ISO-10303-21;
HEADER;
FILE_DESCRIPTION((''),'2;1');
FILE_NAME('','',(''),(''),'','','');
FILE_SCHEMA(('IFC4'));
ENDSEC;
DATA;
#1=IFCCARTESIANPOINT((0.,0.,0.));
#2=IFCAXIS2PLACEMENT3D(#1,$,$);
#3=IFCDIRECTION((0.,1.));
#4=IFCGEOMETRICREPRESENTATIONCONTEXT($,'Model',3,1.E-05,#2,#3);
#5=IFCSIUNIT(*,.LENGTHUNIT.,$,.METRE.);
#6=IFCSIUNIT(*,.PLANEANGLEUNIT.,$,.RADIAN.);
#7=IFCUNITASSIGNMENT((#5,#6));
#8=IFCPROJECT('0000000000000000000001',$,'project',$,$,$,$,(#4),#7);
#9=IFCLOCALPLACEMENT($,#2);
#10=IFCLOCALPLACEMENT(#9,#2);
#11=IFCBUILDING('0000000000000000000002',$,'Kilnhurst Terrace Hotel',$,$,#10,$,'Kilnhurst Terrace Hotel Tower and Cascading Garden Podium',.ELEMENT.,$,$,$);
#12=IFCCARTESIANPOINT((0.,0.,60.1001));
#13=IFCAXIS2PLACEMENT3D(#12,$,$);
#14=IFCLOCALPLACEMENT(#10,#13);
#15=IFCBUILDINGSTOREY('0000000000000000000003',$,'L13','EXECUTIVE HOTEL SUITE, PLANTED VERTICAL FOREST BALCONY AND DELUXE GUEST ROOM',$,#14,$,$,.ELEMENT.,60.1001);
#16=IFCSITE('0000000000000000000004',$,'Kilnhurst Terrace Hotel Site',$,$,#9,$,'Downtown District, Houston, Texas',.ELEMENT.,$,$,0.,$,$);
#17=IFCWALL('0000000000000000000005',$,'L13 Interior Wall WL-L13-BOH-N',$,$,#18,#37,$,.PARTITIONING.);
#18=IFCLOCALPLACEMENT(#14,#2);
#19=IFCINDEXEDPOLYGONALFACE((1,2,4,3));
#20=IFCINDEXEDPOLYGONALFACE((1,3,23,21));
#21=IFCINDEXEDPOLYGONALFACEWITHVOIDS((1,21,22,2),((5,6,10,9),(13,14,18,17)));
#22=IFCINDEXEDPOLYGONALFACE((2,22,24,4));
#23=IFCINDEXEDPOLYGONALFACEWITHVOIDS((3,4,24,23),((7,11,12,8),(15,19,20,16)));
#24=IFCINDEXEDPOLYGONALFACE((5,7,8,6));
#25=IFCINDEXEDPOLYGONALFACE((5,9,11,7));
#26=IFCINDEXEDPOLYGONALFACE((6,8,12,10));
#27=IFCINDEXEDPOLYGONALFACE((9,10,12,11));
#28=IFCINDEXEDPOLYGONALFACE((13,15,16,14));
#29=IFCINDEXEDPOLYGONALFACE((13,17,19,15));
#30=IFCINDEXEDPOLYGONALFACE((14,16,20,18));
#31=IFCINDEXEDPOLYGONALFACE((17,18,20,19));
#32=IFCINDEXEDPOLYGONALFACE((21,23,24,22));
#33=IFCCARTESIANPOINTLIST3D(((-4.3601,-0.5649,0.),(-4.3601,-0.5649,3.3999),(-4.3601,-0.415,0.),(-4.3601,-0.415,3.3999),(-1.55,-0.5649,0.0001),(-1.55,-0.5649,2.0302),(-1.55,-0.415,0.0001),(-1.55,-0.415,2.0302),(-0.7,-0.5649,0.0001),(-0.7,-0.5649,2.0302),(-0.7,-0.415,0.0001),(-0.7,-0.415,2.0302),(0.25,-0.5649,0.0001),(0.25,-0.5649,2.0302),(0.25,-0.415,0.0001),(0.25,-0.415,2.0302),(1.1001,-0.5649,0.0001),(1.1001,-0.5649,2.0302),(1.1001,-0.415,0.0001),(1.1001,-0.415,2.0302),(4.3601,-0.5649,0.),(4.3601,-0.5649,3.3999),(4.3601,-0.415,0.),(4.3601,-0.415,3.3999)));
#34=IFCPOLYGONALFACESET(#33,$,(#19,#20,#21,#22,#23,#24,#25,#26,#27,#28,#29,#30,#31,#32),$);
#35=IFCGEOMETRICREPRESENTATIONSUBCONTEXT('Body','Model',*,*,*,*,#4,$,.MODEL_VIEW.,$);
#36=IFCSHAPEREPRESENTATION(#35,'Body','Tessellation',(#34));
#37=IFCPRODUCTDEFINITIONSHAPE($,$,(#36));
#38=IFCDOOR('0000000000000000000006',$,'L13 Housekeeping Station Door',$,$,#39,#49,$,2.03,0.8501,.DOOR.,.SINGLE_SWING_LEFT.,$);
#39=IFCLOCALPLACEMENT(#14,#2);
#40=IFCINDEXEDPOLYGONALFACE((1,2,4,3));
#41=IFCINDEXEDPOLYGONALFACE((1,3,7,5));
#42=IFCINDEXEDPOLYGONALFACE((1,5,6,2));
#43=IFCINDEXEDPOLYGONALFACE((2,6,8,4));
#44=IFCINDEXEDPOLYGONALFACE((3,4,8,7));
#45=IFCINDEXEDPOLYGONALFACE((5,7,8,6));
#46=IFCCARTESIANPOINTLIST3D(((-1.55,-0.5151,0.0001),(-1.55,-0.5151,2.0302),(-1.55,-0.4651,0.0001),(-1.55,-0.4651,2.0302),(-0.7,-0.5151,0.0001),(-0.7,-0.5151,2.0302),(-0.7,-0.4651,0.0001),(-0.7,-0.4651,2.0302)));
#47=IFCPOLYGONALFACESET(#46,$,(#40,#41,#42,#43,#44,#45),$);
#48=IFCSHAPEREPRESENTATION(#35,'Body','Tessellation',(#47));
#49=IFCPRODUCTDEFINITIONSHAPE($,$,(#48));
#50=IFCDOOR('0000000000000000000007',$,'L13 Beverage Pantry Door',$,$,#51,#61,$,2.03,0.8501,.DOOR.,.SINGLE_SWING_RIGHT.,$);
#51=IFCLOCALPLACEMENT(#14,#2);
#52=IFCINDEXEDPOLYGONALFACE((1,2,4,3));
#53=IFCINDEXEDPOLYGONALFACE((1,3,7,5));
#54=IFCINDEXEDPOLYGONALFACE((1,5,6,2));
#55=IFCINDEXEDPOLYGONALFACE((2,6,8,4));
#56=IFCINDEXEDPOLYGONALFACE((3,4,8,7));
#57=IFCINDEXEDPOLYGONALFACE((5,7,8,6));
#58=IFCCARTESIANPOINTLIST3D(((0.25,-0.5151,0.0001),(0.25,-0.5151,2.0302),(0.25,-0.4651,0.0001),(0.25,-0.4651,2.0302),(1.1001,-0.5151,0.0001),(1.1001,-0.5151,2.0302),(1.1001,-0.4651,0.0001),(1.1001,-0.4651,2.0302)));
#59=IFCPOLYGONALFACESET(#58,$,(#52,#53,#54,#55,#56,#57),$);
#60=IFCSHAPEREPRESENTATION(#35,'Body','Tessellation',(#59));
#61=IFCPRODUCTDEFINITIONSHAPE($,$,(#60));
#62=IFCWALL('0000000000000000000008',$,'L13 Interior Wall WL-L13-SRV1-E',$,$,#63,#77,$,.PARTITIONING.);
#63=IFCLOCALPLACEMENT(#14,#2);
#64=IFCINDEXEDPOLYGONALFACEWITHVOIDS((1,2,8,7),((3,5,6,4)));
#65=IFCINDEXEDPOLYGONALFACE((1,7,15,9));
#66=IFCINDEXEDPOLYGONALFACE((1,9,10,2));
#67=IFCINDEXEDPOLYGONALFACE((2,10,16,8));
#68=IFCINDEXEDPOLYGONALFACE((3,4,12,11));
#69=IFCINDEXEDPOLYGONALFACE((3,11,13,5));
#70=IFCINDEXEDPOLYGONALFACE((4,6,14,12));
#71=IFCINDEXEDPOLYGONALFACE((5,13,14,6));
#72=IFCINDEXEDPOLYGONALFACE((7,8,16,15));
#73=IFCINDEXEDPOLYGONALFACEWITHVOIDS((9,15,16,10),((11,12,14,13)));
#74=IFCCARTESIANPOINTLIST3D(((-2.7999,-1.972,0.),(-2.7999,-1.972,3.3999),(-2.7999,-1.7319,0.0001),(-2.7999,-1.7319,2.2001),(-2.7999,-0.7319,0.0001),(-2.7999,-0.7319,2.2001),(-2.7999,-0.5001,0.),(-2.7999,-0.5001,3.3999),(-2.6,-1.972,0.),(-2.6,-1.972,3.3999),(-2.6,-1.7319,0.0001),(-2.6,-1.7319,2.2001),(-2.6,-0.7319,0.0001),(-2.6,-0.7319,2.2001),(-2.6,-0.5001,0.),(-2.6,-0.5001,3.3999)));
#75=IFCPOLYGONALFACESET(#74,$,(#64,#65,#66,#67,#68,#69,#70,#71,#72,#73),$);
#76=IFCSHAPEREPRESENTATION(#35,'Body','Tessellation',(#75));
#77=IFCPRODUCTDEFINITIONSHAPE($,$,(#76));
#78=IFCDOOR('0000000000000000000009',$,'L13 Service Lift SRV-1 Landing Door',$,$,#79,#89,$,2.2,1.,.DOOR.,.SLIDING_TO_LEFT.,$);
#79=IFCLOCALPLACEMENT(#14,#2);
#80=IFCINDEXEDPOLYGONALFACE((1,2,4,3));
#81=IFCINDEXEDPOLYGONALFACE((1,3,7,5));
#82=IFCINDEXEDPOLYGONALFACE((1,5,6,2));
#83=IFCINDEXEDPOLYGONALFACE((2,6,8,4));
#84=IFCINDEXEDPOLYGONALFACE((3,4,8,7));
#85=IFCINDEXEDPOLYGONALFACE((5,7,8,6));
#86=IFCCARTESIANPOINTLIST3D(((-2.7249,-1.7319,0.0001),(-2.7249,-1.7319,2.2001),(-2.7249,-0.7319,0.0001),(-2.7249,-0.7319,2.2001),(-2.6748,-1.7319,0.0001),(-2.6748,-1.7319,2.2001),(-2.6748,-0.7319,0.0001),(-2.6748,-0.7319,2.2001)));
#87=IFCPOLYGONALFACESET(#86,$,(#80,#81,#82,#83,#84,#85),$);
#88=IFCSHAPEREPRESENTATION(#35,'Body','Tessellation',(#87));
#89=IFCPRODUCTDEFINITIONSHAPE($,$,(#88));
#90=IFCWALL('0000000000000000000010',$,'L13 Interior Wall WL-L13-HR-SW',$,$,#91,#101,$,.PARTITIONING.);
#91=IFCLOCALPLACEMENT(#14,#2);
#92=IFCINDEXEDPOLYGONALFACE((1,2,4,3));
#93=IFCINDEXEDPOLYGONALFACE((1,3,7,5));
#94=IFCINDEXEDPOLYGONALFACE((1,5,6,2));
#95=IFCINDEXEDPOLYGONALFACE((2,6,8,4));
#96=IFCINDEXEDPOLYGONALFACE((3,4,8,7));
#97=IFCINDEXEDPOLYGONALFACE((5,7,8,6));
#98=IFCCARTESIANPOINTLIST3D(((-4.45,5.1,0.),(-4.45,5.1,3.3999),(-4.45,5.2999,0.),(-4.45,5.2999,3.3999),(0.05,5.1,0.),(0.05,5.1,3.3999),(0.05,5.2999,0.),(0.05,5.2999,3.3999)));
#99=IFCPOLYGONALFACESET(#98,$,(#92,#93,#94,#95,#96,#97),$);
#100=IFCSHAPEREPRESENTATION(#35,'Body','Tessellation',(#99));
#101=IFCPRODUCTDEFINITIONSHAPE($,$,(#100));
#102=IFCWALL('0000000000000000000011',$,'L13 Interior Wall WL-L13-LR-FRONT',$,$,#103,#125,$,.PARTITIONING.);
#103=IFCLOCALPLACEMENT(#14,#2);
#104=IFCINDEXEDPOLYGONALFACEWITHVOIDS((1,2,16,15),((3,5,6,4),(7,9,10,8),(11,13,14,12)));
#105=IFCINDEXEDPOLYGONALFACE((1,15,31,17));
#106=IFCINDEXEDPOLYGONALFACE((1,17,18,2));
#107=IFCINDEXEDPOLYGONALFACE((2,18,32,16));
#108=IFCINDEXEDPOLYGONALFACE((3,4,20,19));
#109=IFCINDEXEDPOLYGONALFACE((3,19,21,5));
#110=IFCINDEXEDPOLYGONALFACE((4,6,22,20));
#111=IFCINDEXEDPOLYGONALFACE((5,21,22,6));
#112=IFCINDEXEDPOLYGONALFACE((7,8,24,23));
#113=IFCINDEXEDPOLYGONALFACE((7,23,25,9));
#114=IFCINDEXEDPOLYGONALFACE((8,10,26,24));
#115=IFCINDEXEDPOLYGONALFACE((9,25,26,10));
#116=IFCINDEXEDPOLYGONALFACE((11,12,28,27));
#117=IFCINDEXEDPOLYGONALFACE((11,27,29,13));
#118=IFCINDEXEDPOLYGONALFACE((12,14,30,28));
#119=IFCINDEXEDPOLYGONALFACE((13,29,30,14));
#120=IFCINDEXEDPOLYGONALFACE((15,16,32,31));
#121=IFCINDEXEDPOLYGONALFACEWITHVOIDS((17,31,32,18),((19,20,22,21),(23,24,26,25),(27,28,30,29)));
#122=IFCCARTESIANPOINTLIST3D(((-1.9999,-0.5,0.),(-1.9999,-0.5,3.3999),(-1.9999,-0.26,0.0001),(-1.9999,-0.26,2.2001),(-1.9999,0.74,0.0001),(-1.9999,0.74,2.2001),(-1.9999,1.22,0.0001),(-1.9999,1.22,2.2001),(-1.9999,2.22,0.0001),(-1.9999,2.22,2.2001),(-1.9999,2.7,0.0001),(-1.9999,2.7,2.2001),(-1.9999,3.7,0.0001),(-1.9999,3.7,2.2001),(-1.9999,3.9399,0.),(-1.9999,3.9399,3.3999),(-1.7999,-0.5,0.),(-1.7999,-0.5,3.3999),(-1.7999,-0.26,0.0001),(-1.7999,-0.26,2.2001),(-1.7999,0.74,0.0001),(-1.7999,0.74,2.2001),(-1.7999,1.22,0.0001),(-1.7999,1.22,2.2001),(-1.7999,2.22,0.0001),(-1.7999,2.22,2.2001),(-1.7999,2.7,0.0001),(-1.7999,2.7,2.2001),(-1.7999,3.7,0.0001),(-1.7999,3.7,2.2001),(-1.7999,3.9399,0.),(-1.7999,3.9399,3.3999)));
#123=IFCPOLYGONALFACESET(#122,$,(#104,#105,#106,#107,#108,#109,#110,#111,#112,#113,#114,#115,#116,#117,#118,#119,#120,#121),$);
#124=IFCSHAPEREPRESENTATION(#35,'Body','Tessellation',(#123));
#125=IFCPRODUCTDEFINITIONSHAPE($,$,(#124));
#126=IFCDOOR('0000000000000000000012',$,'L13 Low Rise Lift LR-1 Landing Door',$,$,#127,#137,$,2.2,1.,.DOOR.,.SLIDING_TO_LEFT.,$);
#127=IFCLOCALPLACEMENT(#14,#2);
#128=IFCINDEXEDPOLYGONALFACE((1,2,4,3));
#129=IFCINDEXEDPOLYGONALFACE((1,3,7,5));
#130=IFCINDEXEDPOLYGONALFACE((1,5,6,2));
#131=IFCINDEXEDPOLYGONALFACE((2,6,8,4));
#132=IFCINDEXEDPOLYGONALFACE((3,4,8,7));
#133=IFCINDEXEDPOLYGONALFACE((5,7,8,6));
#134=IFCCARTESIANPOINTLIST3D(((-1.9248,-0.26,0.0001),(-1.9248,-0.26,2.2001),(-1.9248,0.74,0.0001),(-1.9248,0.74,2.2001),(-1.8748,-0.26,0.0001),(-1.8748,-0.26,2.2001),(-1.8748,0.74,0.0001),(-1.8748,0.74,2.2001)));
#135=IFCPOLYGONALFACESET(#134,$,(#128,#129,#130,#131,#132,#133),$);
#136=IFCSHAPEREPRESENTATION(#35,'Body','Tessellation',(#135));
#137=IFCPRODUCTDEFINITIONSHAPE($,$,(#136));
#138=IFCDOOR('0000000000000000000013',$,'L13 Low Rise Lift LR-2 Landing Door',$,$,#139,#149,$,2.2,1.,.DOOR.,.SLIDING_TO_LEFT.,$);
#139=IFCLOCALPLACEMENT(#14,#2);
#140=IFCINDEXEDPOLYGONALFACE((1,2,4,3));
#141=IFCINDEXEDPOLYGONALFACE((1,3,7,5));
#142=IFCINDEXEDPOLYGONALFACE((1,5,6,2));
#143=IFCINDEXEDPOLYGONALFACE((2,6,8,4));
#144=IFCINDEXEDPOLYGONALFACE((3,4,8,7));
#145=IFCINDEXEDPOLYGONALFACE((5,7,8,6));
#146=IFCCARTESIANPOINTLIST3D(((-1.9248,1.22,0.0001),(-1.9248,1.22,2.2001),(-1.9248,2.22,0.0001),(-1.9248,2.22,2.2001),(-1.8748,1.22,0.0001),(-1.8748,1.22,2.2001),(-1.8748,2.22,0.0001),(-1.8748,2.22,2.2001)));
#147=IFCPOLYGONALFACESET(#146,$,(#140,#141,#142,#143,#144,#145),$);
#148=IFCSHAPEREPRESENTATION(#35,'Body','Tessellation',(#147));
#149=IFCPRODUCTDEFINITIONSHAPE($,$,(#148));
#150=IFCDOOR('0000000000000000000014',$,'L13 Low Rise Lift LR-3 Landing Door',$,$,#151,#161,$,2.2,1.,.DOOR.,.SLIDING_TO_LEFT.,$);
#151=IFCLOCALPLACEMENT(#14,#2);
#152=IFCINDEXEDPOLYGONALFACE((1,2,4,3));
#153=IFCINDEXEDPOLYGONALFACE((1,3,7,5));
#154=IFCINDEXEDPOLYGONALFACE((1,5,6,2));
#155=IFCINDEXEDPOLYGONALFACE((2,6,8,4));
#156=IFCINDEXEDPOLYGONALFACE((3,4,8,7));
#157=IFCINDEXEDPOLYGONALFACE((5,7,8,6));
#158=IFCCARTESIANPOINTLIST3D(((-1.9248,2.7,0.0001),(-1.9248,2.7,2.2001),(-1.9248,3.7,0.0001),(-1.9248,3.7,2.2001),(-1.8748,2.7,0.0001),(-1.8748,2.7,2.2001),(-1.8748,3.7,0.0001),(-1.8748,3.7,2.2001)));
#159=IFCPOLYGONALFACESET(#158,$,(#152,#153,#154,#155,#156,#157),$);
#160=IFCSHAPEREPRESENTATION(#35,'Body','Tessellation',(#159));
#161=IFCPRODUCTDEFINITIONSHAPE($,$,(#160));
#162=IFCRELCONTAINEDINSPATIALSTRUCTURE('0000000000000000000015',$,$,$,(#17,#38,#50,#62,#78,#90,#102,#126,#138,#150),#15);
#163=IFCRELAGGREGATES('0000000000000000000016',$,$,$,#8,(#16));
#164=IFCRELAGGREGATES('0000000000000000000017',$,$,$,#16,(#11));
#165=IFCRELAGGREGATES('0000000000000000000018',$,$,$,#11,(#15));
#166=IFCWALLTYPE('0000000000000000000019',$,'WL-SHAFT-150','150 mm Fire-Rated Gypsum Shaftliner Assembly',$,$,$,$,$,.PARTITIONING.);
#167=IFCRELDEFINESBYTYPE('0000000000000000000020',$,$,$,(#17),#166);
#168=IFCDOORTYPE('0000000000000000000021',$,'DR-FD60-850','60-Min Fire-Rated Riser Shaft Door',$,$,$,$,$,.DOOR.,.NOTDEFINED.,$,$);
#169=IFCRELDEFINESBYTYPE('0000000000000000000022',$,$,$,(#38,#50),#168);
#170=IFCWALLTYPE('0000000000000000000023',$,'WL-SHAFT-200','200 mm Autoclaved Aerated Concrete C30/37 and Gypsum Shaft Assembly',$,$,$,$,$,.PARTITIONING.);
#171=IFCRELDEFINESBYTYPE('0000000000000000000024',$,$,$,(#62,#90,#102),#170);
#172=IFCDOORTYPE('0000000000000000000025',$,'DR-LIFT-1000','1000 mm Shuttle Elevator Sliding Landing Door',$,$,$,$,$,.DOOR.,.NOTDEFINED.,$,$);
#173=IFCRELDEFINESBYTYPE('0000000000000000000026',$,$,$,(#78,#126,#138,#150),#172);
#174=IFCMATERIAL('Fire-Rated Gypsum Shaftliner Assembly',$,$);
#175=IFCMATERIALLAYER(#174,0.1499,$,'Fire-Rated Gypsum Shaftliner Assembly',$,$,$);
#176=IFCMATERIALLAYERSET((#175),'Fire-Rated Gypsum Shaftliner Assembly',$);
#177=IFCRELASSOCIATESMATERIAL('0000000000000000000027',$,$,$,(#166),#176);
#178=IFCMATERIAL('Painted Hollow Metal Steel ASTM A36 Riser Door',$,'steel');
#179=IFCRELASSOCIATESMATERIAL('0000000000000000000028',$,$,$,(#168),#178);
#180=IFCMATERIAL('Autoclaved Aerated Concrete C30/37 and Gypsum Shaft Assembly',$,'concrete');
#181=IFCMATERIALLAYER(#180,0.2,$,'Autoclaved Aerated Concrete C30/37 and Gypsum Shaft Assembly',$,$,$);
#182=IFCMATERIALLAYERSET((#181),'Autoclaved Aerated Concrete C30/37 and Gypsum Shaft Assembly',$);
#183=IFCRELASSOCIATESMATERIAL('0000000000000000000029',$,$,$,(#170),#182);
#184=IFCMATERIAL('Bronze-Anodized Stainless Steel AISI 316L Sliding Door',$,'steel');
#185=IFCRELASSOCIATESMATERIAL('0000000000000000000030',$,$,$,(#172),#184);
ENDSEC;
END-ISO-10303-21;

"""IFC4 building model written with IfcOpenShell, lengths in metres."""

from ifc_helpers import new_model, si_unit, direction, frame, frame_2d, origin, place, context, subcontext, project, spatial, rectangle, extrude, material, layer, layer_set, type_object, element, fill, save


model = new_model("IFC4")

# Units and contexts
model_context = context("Model", 3, precision=1e-05, world=origin(), true_north=direction((0.0, 1.0)))
body_context = subcontext(model_context, "Body", "Model", "MODEL_VIEW")
ifc_project = project(units=[si_unit("LENGTHUNIT", "METRE"), si_unit("PLANEANGLEUNIT", "RADIAN")], contexts=[model_context])

# Site, building, storey
site_placement = place(None, origin())
site = spatial("IfcSite", under=ifc_project, at=site_placement, Name="Kilnhurst Terrace Hotel Site", LongName="Downtown District, Houston, Texas", CompositionType="ELEMENT", RefElevation=0.0)
building_placement = place(site_placement, origin())
building = spatial("IfcBuilding", under=site, at=building_placement, Name="Kilnhurst Terrace Hotel", LongName="Kilnhurst Terrace Hotel Tower and Cascading Garden Podium", CompositionType="ELEMENT")
storey_placement = place(building_placement, frame((0.0, 0.0, 60.1001)))
storey = spatial("IfcBuildingStorey", under=building, at=storey_placement, Name="L13", Description="EXECUTIVE HOTEL SUITE, PLANTED VERTICAL FOREST BALCONY AND DELUXE GUEST ROOM", CompositionType="ELEMENT", Elevation=60.1001)

# Shared definitions
ifc_material_1 = material(Name="Fire-Rated Gypsum Shaftliner Assembly")
ifc_layer_1 = layer(ifc_material_1, 0.1499, Name="Fire-Rated Gypsum Shaftliner Assembly")
ifc_layer_set_1 = layer_set([ifc_layer_1], Name="Fire-Rated Gypsum Shaftliner Assembly")
wall_type_1 = type_object("IfcWallType", Name="WL-SHAFT-150", Description="150 mm Fire-Rated Gypsum Shaftliner Assembly", PredefinedType="PARTITIONING", material=ifc_layer_set_1)

# Wall, openings, doors
wall_1_placement = place(storey_placement, frame((-4.3601, -0.49, 0.0), z_axis=(0.0, 0.0, 1.0), x_axis=(1.0, 0.0, 0.0)))
wall_1 = element("IfcWall", 1, at=wall_1_placement, inside=storey, type_object=wall_type_1, Name="L13 Interior Wall WL-L13-BOH-N", PredefinedType="PARTITIONING", context=body_context, shape_type="SweptSolid", body=[
    extrude(rectangle(XDim=8.7202, YDim=0.1499, at=frame_2d((4.3601, 0.0))), origin(), (0.0, 0.0, 1.0), 3.3999),
])
opening_1_placement = place(wall_1_placement, frame((2.8101, 0.0, 0.0)))
opening_1 = element("IfcOpeningElement", 2, at=opening_1_placement, cuts=wall_1, PredefinedType="OPENING", context=body_context, shape_type="SweptSolid", body=[
    extrude(rectangle(XDim=0.8501, YDim=2.03, at=frame_2d((0.425, 1.0151))), frame((0.0, 0.085, 0.0), z_axis=(0.0, -1.0, 0.0), x_axis=(1.0, 0.0, 0.0)), (0.0, 0.0, 1.0), 0.1699),
])
opening_2_placement = place(wall_1_placement, frame((4.6101, 0.0, 0.0)))
opening_2 = element("IfcOpeningElement", 3, at=opening_2_placement, cuts=wall_1, PredefinedType="OPENING", context=body_context, shape_type="SweptSolid", body=[
    extrude(rectangle(XDim=0.8501, YDim=2.03, at=frame_2d((0.425, 1.0151))), frame((0.0, 0.085, 0.0), z_axis=(0.0, -1.0, 0.0), x_axis=(1.0, 0.0, 0.0)), (0.0, 0.0, 1.0), 0.1699),
])
ifc_material_2 = material(Name="Painted Hollow Metal Steel ASTM A36 Riser Door", Category="steel")
door_type_1 = type_object("IfcDoorType", Name="DR-FD60-850", Description="60-Min Fire-Rated Riser Shaft Door", OperationType="NOTDEFINED", PredefinedType="DOOR", material=ifc_material_2)
door_1_placement = place(opening_1_placement, origin())
door_1 = element("IfcDoor", 4, at=door_1_placement, inside=storey, type_object=door_type_1, Name="L13 Housekeeping Station Door", OperationType="SINGLE_SWING_LEFT", OverallHeight=2.03, OverallWidth=0.8501, PredefinedType="DOOR", context=body_context, shape_type="SweptSolid", body=[
    extrude(rectangle(XDim=0.8501, YDim=2.03, at=frame_2d((0.425, 1.0151))), frame((0.0, 0.0249, 0.0), z_axis=(0.0, -1.0, 0.0), x_axis=(1.0, 0.0, 0.0)), (0.0, 0.0, 1.0), 0.05),
])
fill(opening_1, door_1)
door_2_placement = place(opening_2_placement, origin())
door_2 = element("IfcDoor", 5, at=door_2_placement, inside=storey, type_object=door_type_1, Name="L13 Beverage Pantry Door", OperationType="SINGLE_SWING_RIGHT", OverallHeight=2.03, OverallWidth=0.8501, PredefinedType="DOOR", context=body_context, shape_type="SweptSolid", body=[
    extrude(rectangle(XDim=0.8501, YDim=2.03, at=frame_2d((0.425, 1.0151))), frame((0.0, 0.0249, 0.0), z_axis=(0.0, -1.0, 0.0), x_axis=(1.0, 0.0, 0.0)), (0.0, 0.0, 1.0), 0.05),
])
fill(opening_2, door_2)

# Wall, opening, door
ifc_material_3 = material(Name="Autoclaved Aerated Concrete C30/37 and Gypsum Shaft Assembly", Category="concrete")
ifc_layer_2 = layer(ifc_material_3, 0.2, Name="Autoclaved Aerated Concrete C30/37 and Gypsum Shaft Assembly")
ifc_layer_set_2 = layer_set([ifc_layer_2], Name="Autoclaved Aerated Concrete C30/37 and Gypsum Shaft Assembly")
wall_type_2 = type_object("IfcWallType", Name="WL-SHAFT-200", Description="200 mm Autoclaved Aerated Concrete C30/37 and Gypsum Shaft Assembly", PredefinedType="PARTITIONING", material=ifc_layer_set_2)
wall_2_placement = place(storey_placement, frame((-2.7, -1.9719, 0.0), z_axis=(0.0, 0.0, 1.0), x_axis=(0.0, 1.0, 0.0)))
wall_2 = element("IfcWall", 6, at=wall_2_placement, inside=storey, type_object=wall_type_2, Name="L13 Interior Wall WL-L13-SRV1-E", PredefinedType="PARTITIONING", context=body_context, shape_type="SweptSolid", body=[
    extrude(rectangle(XDim=1.4719, YDim=0.2, at=frame_2d((0.7358, 0.0))), origin(), (0.0, 0.0, 1.0), 3.3999),
])
opening_3_placement = place(wall_2_placement, frame((0.24, 0.0, 0.0)))
opening_3 = element("IfcOpeningElement", 7, at=opening_3_placement, cuts=wall_2, PredefinedType="OPENING", context=body_context, shape_type="SweptSolid", body=[
    extrude(rectangle(XDim=1.0, YDim=2.2, at=frame_2d((0.5, 1.1001))), frame((0.0, 0.1099, 0.0), z_axis=(0.0, -1.0, 0.0), x_axis=(1.0, 0.0, 0.0)), (0.0, 0.0, 1.0), 0.22),
])
ifc_material_4 = material(Name="Bronze-Anodized Stainless Steel AISI 316L Sliding Door", Category="steel")
door_type_2 = type_object("IfcDoorType", Name="DR-LIFT-1000", Description="1000 mm Shuttle Elevator Sliding Landing Door", OperationType="NOTDEFINED", PredefinedType="DOOR", material=ifc_material_4)
door_3_placement = place(opening_3_placement, origin())
door_3 = element("IfcDoor", 8, at=door_3_placement, inside=storey, type_object=door_type_2, Name="L13 Service Lift SRV-1 Landing Door", OperationType="SLIDING_TO_LEFT", OverallHeight=2.2, OverallWidth=1.0, PredefinedType="DOOR", context=body_context, shape_type="SweptSolid", body=[
    extrude(rectangle(XDim=1.0, YDim=2.2, at=frame_2d((0.5, 1.1001))), frame((0.0, 0.0249, 0.0), z_axis=(0.0, -1.0, 0.0), x_axis=(1.0, 0.0, 0.0)), (0.0, 0.0, 1.0), 0.05),
])
fill(opening_3, door_3)

# Wall
wall_3_placement = place(storey_placement, frame((-4.45, 5.2, 0.0), z_axis=(0.0, 0.0, 1.0), x_axis=(1.0, 0.0, 0.0)))
element("IfcWall", 9, at=wall_3_placement, inside=storey, type_object=wall_type_2, Name="L13 Interior Wall WL-L13-HR-SW", PredefinedType="PARTITIONING", context=body_context, shape_type="SweptSolid", body=[
    extrude(rectangle(XDim=4.5, YDim=0.2, at=frame_2d((2.25, 0.0))), origin(), (0.0, 0.0, 1.0), 3.3999),
])

# Wall, openings, doors
wall_4_placement = place(storey_placement, frame((-1.8999, -0.5, 0.0), z_axis=(0.0, 0.0, 1.0), x_axis=(0.0, 1.0, 0.0)))
wall_4 = element("IfcWall", 10, at=wall_4_placement, inside=storey, type_object=wall_type_2, Name="L13 Interior Wall WL-L13-LR-FRONT", PredefinedType="PARTITIONING", context=body_context, shape_type="SweptSolid", body=[
    extrude(rectangle(XDim=4.4399, YDim=0.2, at=frame_2d((2.22, 0.0))), origin(), (0.0, 0.0, 1.0), 3.3999),
])
opening_4_placement = place(wall_4_placement, frame((0.24, 0.0, 0.0)))
opening_4 = element("IfcOpeningElement", 11, at=opening_4_placement, cuts=wall_4, PredefinedType="OPENING", context=body_context, shape_type="SweptSolid", body=[
    extrude(rectangle(XDim=1.0, YDim=2.2, at=frame_2d((0.5, 1.1001))), frame((0.0, 0.1099, 0.0), z_axis=(0.0, -1.0, 0.0), x_axis=(1.0, 0.0, 0.0)), (0.0, 0.0, 1.0), 0.22),
])
opening_5_placement = place(wall_4_placement, frame((1.72, 0.0, 0.0)))
opening_5 = element("IfcOpeningElement", 12, at=opening_5_placement, cuts=wall_4, PredefinedType="OPENING", context=body_context, shape_type="SweptSolid", body=[
    extrude(rectangle(XDim=1.0, YDim=2.2, at=frame_2d((0.5, 1.1001))), frame((0.0, 0.1099, 0.0), z_axis=(0.0, -1.0, 0.0), x_axis=(1.0, 0.0, 0.0)), (0.0, 0.0, 1.0), 0.22),
])
opening_6_placement = place(wall_4_placement, frame((3.2, 0.0, 0.0)))
opening_6 = element("IfcOpeningElement", 13, at=opening_6_placement, cuts=wall_4, PredefinedType="OPENING", context=body_context, shape_type="SweptSolid", body=[
    extrude(rectangle(XDim=1.0, YDim=2.2, at=frame_2d((0.5, 1.1001))), frame((0.0, 0.1099, 0.0), z_axis=(0.0, -1.0, 0.0), x_axis=(1.0, 0.0, 0.0)), (0.0, 0.0, 1.0), 0.22),
])
door_4_placement = place(opening_4_placement, origin())
door_4 = element("IfcDoor", 14, at=door_4_placement, inside=storey, type_object=door_type_2, Name="L13 Low Rise Lift LR-1 Landing Door", OperationType="SLIDING_TO_LEFT", OverallHeight=2.2, OverallWidth=1.0, PredefinedType="DOOR", context=body_context, shape_type="SweptSolid", body=[
    extrude(rectangle(XDim=1.0, YDim=2.2, at=frame_2d((0.5, 1.1001))), frame((0.0, 0.0249, 0.0), z_axis=(0.0, -1.0, 0.0), x_axis=(1.0, 0.0, 0.0)), (0.0, 0.0, 1.0), 0.05),
])
fill(opening_4, door_4)
door_5_placement = place(opening_5_placement, origin())
door_5 = element("IfcDoor", 15, at=door_5_placement, inside=storey, type_object=door_type_2, Name="L13 Low Rise Lift LR-2 Landing Door", OperationType="SLIDING_TO_LEFT", OverallHeight=2.2, OverallWidth=1.0, PredefinedType="DOOR", context=body_context, shape_type="SweptSolid", body=[
    extrude(rectangle(XDim=1.0, YDim=2.2, at=frame_2d((0.5, 1.1001))), frame((0.0, 0.0249, 0.0), z_axis=(0.0, -1.0, 0.0), x_axis=(1.0, 0.0, 0.0)), (0.0, 0.0, 1.0), 0.05),
])
fill(opening_5, door_5)
door_6_placement = place(opening_6_placement, origin())
door_6 = element("IfcDoor", 16, at=door_6_placement, inside=storey, type_object=door_type_2, Name="L13 Low Rise Lift LR-3 Landing Door", OperationType="SLIDING_TO_LEFT", OverallHeight=2.2, OverallWidth=1.0, PredefinedType="DOOR", context=body_context, shape_type="SweptSolid", body=[
    extrude(rectangle(XDim=1.0, YDim=2.2, at=frame_2d((0.5, 1.1001))), frame((0.0, 0.0249, 0.0), z_axis=(0.0, -1.0, 0.0), x_axis=(1.0, 0.0, 0.0)), (0.0, 0.0, 1.0), 0.05),
])
fill(opening_6, door_6)

save(model, "model.ifc")
